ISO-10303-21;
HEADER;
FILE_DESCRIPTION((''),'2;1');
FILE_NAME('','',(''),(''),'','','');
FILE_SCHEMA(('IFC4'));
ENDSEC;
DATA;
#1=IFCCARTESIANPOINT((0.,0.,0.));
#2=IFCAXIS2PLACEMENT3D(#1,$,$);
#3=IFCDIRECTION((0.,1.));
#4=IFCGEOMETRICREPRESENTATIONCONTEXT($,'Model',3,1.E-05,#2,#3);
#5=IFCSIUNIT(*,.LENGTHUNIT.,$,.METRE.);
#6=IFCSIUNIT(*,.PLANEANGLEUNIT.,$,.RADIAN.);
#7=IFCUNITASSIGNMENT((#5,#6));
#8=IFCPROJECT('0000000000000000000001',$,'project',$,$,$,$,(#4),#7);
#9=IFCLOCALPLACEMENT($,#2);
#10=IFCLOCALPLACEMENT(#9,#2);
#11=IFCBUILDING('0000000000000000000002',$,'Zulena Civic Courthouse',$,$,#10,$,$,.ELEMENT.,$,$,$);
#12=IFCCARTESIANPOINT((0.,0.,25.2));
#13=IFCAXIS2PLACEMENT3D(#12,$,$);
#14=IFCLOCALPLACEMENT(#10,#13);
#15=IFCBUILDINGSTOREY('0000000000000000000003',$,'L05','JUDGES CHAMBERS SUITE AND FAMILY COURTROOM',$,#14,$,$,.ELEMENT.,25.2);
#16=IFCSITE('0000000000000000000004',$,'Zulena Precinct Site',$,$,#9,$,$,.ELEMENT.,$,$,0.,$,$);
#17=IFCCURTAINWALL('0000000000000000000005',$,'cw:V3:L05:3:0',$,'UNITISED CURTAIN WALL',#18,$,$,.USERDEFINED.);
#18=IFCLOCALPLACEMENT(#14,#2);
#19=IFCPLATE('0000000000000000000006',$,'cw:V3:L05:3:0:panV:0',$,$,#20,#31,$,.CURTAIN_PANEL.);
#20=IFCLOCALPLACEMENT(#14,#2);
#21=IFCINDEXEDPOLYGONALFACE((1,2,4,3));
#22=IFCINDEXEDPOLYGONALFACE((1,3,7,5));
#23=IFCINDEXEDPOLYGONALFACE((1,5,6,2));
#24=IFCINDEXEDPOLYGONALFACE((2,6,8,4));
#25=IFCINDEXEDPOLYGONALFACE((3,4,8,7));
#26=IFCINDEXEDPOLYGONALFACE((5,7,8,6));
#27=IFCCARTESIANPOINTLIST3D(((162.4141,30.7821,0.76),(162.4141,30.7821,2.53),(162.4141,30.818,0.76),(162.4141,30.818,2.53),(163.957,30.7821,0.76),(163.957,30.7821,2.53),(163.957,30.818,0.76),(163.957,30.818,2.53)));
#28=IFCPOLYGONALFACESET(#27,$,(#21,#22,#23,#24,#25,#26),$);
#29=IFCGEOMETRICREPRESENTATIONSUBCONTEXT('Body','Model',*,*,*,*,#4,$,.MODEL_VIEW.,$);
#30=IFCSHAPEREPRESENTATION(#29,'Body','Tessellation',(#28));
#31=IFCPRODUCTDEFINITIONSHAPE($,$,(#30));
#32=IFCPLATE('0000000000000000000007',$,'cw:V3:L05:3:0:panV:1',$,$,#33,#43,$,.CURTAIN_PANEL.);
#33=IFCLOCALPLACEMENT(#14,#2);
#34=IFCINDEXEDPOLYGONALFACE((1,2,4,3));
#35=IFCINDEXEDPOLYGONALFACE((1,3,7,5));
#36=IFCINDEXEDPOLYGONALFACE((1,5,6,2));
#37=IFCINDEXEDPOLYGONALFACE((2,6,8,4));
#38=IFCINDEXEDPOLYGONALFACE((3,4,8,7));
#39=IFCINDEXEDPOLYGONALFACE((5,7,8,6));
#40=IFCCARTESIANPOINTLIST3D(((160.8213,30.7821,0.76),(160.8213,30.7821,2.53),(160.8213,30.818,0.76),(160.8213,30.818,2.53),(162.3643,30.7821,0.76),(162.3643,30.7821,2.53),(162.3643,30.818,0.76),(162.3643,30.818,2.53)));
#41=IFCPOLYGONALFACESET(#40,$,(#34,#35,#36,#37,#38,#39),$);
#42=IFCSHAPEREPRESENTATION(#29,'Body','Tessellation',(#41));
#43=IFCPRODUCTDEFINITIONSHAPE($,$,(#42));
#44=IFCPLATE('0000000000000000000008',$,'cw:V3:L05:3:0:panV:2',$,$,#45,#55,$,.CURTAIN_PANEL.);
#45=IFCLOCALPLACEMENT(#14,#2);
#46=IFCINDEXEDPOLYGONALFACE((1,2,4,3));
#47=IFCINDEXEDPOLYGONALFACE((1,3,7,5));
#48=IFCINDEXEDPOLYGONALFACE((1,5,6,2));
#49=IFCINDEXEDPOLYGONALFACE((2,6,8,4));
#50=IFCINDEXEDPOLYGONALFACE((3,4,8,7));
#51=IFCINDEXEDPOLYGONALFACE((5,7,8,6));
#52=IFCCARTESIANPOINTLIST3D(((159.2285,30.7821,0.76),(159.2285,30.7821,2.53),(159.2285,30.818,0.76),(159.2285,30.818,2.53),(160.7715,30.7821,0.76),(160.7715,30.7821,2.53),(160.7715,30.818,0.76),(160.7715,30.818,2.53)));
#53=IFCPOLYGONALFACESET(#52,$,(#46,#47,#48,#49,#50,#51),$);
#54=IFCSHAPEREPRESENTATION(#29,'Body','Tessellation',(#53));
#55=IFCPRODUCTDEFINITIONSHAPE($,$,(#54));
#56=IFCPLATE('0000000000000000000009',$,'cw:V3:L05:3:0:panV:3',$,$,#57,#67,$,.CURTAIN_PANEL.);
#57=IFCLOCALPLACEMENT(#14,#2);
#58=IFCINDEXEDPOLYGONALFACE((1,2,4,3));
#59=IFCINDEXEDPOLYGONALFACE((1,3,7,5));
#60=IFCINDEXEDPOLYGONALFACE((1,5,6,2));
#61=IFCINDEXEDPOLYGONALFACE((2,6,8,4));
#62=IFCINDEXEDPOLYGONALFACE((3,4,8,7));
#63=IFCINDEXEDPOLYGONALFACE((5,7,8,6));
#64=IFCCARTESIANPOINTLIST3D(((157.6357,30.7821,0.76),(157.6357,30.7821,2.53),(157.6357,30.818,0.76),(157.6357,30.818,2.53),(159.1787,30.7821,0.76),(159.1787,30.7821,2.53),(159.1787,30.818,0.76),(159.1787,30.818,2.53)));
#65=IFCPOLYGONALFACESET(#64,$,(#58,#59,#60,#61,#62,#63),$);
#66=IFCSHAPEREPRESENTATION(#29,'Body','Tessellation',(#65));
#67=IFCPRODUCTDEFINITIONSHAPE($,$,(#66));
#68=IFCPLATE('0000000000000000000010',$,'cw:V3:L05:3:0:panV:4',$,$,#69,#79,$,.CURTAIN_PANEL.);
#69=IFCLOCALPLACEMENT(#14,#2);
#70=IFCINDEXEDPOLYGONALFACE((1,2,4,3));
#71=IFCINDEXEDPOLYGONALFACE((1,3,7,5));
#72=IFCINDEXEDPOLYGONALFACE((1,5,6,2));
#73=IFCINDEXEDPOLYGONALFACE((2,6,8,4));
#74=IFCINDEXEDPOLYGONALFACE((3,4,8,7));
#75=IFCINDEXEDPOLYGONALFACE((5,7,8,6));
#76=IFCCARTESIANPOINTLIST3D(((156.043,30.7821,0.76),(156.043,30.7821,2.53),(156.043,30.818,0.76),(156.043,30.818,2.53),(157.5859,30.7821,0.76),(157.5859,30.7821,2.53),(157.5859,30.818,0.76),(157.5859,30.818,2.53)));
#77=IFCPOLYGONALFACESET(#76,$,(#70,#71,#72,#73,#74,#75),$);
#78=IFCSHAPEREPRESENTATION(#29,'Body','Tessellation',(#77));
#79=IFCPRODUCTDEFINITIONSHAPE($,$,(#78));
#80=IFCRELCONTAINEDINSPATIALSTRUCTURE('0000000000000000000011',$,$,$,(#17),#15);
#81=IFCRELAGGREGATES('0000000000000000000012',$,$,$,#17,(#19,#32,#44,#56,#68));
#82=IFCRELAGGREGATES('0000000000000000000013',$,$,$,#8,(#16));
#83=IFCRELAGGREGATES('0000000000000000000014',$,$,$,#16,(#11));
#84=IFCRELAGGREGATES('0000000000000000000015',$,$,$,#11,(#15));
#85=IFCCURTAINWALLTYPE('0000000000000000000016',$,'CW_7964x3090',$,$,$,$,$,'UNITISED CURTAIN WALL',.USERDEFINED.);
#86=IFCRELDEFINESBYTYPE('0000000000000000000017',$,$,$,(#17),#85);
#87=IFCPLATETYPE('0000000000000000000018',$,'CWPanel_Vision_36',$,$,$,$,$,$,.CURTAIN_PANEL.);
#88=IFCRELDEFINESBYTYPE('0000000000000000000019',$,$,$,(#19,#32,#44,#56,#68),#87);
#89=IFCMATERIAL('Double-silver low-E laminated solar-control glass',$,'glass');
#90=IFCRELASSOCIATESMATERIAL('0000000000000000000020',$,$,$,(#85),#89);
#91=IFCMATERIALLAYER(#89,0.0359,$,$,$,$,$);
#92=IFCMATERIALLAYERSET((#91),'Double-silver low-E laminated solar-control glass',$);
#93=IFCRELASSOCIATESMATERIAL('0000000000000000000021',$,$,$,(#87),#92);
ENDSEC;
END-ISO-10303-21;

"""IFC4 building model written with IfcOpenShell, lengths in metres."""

from ifc_helpers import new_model, si_unit, direction, frame, origin, origin_2d, place, context, subcontext, project, spatial, rectangle, extrude, material, layer, layer_set, type_object, element, aggregate, save


model = new_model("IFC4")

# Units and contexts
model_context = context("Model", 3, precision=1e-05, world=origin(), true_north=direction((0.0, 1.0)))
body_context = subcontext(model_context, "Body", "Model", "MODEL_VIEW")
ifc_project = project(units=[si_unit("LENGTHUNIT", "METRE"), si_unit("PLANEANGLEUNIT", "RADIAN")], contexts=[model_context])

# Site, building, storey
site_placement = place(None, origin())
site = spatial("IfcSite", under=ifc_project, at=site_placement, Name="Zulena Precinct Site", CompositionType="ELEMENT", RefElevation=0.0)
building_placement = place(site_placement, origin())
building = spatial("IfcBuilding", under=site, at=building_placement, Name="Zulena Civic Courthouse", CompositionType="ELEMENT")
storey_placement = place(building_placement, frame((0.0, 0.0, 25.2)))
storey = spatial("IfcBuildingStorey", under=building, at=storey_placement, Name="L05", Description="JUDGES CHAMBERS SUITE AND FAMILY COURTROOM", CompositionType="ELEMENT", Elevation=25.2)

# Curtain wall
ifc_material_1 = material(Name="Double-silver low-E laminated solar-control glass", Category="glass")
curtain_wall_type = type_object("IfcCurtainWallType", Name="CW_7964x3090", ElementType="UNITISED CURTAIN WALL", PredefinedType="USERDEFINED", material=ifc_material_1)
curtain_wall_placement = place(storey_placement, origin())
curtain_wall = element("IfcCurtainWall", 1, at=curtain_wall_placement, inside=storey, type_object=curtain_wall_type, Name="cw:V3:L05:3:0", ObjectType="UNITISED CURTAIN WALL", PredefinedType="USERDEFINED")

# Plates
ifc_layer_1 = layer(ifc_material_1, 0.0359)
ifc_layer_set_1 = layer_set([ifc_layer_1], Name="Double-silver low-E laminated solar-control glass")
plate_type_1 = type_object("IfcPlateType", Name="CWPanel_Vision_36", PredefinedType="CURTAIN_PANEL", material=ifc_layer_set_1)
plate_1_placement = place(storey_placement, frame((163.1855, 30.8, 0.76), z_axis=(0.0, 0.0, 1.0), x_axis=(-1.0, 0.0, 0.0)))
plate_1 = element("IfcPlate", 2, at=plate_1_placement, type_object=plate_type_1, Name="cw:V3:L05:3:0:panV:0", PredefinedType="CURTAIN_PANEL", context=body_context, shape_type="SweptSolid", body=[
    extrude(rectangle(XDim=1.543, YDim=0.0359, at=origin_2d()), origin(), (0.0, 0.0, 1.0), 1.77),
])
plate_2_placement = place(storey_placement, frame((161.5928, 30.8, 0.76), z_axis=(0.0, 0.0, 1.0), x_axis=(-1.0, 0.0, 0.0)))
plate_2 = element("IfcPlate", 3, at=plate_2_placement, type_object=plate_type_1, Name="cw:V3:L05:3:0:panV:1", PredefinedType="CURTAIN_PANEL", context=body_context, shape_type="SweptSolid", body=[
    extrude(rectangle(XDim=1.543, YDim=0.0359, at=origin_2d()), origin(), (0.0, 0.0, 1.0), 1.77),
])
plate_3_placement = place(storey_placement, frame((160.0, 30.8, 0.76), z_axis=(0.0, 0.0, 1.0), x_axis=(-1.0, 0.0, 0.0)))
plate_3 = element("IfcPlate", 4, at=plate_3_placement, type_object=plate_type_1, Name="cw:V3:L05:3:0:panV:2", PredefinedType="CURTAIN_PANEL", context=body_context, shape_type="SweptSolid", body=[
    extrude(rectangle(XDim=1.543, YDim=0.0359, at=origin_2d()), origin(), (0.0, 0.0, 1.0), 1.77),
])
plate_4_placement = place(storey_placement, frame((158.4072, 30.8, 0.76), z_axis=(0.0, 0.0, 1.0), x_axis=(-1.0, 0.0, 0.0)))
plate_4 = element("IfcPlate", 5, at=plate_4_placement, type_object=plate_type_1, Name="cw:V3:L05:3:0:panV:3", PredefinedType="CURTAIN_PANEL", context=body_context, shape_type="SweptSolid", body=[
    extrude(rectangle(XDim=1.543, YDim=0.0359, at=origin_2d()), origin(), (0.0, 0.0, 1.0), 1.77),
])
plate_5_placement = place(storey_placement, frame((156.8145, 30.8, 0.76), z_axis=(0.0, 0.0, 1.0), x_axis=(-1.0, 0.0, 0.0)))
plate_5 = element("IfcPlate", 6, at=plate_5_placement, type_object=plate_type_1, Name="cw:V3:L05:3:0:panV:4", PredefinedType="CURTAIN_PANEL", context=body_context, shape_type="SweptSolid", body=[
    extrude(rectangle(XDim=1.543, YDim=0.0359, at=origin_2d()), origin(), (0.0, 0.0, 1.0), 1.77),
])
aggregate(curtain_wall, [plate_1, plate_2, plate_3, plate_4, plate_5])

save(model, "model.ifc")
